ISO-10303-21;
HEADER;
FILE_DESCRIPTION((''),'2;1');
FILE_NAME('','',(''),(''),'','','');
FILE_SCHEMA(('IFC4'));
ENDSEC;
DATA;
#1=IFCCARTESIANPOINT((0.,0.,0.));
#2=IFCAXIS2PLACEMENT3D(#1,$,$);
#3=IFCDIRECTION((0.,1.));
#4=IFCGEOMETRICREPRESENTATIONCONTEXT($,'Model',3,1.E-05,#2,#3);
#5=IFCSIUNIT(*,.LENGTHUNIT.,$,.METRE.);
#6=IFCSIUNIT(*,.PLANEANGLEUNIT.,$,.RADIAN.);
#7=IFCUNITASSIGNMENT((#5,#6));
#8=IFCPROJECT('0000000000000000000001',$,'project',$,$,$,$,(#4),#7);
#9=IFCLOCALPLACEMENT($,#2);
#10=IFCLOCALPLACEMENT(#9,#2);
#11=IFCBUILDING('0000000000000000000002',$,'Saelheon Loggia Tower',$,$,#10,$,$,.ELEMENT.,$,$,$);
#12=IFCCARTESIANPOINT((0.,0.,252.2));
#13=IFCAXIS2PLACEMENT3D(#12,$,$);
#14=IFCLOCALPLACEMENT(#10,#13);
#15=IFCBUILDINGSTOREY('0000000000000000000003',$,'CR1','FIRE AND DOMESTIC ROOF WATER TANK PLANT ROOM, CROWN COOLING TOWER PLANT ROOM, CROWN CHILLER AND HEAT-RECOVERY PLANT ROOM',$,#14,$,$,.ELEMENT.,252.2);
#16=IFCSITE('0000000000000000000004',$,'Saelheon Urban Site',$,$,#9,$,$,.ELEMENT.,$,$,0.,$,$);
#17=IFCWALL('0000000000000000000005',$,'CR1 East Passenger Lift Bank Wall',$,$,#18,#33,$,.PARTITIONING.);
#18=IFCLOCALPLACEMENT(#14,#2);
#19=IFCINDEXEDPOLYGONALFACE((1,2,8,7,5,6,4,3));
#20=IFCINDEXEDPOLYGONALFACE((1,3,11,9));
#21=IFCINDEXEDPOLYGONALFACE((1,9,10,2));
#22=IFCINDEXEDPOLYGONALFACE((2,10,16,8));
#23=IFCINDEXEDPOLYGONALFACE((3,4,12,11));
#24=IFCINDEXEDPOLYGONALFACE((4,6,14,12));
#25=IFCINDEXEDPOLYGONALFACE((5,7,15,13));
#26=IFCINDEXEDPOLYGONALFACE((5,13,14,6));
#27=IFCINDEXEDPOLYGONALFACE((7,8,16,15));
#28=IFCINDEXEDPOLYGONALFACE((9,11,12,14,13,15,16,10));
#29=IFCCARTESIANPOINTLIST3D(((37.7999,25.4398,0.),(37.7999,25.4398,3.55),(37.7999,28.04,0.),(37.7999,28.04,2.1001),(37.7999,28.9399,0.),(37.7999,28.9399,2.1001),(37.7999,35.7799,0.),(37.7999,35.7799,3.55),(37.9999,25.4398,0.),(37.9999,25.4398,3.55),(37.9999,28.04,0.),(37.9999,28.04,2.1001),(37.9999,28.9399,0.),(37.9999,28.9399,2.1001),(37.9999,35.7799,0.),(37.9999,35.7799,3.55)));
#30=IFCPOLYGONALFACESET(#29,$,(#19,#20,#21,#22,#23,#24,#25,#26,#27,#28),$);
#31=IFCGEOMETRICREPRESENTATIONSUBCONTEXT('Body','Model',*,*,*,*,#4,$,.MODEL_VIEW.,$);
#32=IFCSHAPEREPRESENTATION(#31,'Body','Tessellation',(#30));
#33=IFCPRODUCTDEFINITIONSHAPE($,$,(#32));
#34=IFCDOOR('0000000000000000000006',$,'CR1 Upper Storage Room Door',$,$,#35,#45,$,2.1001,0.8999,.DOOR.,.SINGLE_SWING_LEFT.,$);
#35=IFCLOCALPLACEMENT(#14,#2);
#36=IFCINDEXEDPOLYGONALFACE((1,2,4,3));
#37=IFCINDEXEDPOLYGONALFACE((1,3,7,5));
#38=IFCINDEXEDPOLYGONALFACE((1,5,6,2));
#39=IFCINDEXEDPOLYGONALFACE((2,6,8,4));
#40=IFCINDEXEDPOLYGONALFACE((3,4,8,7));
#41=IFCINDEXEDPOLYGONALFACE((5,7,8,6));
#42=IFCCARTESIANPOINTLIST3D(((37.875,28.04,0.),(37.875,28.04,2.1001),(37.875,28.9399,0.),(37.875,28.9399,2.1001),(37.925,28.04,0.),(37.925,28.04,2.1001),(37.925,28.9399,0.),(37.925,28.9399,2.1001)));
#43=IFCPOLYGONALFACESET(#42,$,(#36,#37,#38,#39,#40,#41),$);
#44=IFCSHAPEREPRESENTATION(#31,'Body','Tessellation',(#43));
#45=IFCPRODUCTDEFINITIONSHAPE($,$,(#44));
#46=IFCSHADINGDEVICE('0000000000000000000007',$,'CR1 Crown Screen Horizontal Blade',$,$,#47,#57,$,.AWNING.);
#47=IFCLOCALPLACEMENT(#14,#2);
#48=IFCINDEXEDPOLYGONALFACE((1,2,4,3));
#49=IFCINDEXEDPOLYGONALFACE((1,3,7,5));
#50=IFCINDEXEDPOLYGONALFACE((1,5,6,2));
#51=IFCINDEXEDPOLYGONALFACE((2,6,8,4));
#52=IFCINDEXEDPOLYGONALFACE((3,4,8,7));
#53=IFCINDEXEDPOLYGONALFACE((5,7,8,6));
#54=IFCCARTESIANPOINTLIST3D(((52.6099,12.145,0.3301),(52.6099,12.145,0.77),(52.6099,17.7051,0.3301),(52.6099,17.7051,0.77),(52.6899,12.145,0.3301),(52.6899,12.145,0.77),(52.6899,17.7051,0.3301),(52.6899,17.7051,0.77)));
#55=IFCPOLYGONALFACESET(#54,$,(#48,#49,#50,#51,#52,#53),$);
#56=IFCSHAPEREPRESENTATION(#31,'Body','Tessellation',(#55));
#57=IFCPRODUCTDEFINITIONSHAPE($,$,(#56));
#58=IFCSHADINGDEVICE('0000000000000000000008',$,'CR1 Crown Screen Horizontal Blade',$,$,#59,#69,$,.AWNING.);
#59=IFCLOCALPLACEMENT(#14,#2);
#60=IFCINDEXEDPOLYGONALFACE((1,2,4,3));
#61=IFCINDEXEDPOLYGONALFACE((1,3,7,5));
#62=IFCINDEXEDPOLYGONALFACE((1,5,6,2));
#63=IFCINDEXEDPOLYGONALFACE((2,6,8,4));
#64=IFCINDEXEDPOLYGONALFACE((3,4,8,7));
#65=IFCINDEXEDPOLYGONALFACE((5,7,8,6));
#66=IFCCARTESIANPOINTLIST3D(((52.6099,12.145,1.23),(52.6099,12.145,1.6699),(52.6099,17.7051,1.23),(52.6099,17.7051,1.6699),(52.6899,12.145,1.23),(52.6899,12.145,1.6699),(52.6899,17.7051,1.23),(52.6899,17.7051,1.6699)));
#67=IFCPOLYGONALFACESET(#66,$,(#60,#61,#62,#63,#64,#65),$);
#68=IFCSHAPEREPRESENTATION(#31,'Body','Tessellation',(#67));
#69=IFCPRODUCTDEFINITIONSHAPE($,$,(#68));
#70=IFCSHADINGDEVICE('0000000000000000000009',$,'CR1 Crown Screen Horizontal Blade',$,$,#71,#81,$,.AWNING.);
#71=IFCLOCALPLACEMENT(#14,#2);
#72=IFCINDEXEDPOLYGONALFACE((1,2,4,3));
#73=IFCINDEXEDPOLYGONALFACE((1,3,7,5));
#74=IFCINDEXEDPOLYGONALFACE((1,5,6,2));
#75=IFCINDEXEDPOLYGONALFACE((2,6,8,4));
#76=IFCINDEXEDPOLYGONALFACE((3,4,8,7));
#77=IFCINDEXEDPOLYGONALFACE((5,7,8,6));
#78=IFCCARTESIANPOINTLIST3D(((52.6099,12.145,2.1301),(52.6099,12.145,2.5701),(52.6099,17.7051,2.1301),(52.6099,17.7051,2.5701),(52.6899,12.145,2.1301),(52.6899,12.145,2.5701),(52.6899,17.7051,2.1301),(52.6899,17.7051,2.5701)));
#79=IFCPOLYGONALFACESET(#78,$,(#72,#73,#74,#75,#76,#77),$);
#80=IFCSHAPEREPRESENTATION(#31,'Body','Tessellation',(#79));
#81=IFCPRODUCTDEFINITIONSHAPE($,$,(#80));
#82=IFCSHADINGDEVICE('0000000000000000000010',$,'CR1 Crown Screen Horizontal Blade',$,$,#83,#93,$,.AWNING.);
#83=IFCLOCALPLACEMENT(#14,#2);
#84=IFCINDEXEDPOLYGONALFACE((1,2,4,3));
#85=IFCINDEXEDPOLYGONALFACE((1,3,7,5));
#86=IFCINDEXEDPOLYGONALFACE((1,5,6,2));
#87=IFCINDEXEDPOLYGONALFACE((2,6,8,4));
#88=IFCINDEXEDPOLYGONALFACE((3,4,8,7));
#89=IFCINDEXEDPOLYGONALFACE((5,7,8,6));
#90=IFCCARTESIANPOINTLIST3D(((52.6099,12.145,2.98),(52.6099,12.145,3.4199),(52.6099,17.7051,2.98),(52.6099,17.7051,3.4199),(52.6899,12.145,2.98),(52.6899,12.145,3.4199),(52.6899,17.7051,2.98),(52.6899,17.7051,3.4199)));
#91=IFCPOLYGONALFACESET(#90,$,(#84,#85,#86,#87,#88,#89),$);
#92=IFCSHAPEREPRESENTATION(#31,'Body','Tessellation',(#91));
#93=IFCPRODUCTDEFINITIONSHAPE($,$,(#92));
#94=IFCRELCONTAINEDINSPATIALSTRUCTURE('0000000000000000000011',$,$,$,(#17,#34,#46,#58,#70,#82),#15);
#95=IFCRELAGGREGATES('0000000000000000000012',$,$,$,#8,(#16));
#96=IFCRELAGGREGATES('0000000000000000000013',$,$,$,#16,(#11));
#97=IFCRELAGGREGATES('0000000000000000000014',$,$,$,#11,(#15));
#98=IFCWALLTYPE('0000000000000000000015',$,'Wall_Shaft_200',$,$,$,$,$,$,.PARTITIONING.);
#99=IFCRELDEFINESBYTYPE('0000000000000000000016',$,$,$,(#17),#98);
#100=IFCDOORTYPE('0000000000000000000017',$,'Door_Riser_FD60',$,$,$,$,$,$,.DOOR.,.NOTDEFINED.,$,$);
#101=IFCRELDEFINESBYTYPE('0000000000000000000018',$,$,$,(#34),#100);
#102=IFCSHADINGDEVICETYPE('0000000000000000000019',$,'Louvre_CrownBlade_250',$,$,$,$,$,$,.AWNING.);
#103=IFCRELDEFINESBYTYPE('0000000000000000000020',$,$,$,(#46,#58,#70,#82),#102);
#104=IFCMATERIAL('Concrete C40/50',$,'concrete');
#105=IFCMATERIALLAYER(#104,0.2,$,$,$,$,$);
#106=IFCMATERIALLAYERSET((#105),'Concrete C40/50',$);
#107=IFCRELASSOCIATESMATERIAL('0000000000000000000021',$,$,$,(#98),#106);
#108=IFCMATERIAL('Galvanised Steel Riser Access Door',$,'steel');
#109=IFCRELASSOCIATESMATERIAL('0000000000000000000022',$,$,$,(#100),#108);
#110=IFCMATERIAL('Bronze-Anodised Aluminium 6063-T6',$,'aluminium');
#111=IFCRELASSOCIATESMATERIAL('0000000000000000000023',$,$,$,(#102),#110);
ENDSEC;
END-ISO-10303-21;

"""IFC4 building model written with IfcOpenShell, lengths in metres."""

from ifc_helpers import new_model, si_unit, direction, frame, frame_2d, origin, origin_2d, place, context, subcontext, project, spatial, rectangle, extrude, source, transform, mapped, material, layer, layer_set, material_profile, profile_set, type_object, element, fill, save


model = new_model("IFC4")

# Units and contexts
model_context = context("Model", 3, precision=1e-05, world=origin(), true_north=direction((0.0, 1.0)))
body_context = subcontext(model_context, "Body", "Model", "MODEL_VIEW")
ifc_project = project(units=[si_unit("LENGTHUNIT", "METRE"), si_unit("PLANEANGLEUNIT", "RADIAN")], contexts=[model_context])

# Site, building, storey
site_placement = place(None, origin())
site = spatial("IfcSite", under=ifc_project, at=site_placement, Name="Saelheon Urban Site", CompositionType="ELEMENT", RefElevation=0.0)
building_placement = place(site_placement, origin())
building = spatial("IfcBuilding", under=site, at=building_placement, Name="Saelheon Loggia Tower", CompositionType="ELEMENT")
storey_placement = place(building_placement, frame((0.0, 0.0, 252.2)))
storey = spatial("IfcBuildingStorey", under=building, at=storey_placement, Name="CR1", Description="FIRE AND DOMESTIC ROOF WATER TANK PLANT ROOM, CROWN COOLING TOWER PLANT ROOM, CROWN CHILLER AND HEAT-RECOVERY PLANT ROOM", CompositionType="ELEMENT", Elevation=252.2)

# Shared definitions
ifc_material_1 = material(Name="Bronze-Anodised Aluminium 6063-T6", Category="aluminium")

# Shared definitions
ifc_material_2 = material(Name="Concrete C40/50", Category="concrete")
ifc_layer_1 = layer(ifc_material_2, 0.2)
ifc_layer_set_1 = layer_set([ifc_layer_1], Name="Concrete C40/50")
wall_type_1 = type_object("IfcWallType", Name="Wall_Shaft_200", PredefinedType="PARTITIONING", material=ifc_layer_set_1)

# Shared definitions
ifc_material_3 = material(Name="Galvanised Steel Riser Access Door", Category="steel")
door_type = type_object("IfcDoorType", Name="Door_Riser_FD60", OperationType="NOTDEFINED", PredefinedType="DOOR", material=ifc_material_3)
shared_shape_1 = source(origin(), body_context, "Body", "SweptSolid", [
    extrude(rectangle(XDim=0.8999, YDim=2.1001, at=frame_2d((0.45, 1.05))), frame((0.0, 0.0249, 0.0), z_axis=(0.0, -1.0, 0.0), x_axis=(1.0, 0.0, 0.0)), (0.0, 0.0, 1.0), 0.05),
])

# Wall, opening, door
wall_1_placement = place(storey_placement, frame((37.8999, 25.4399, 0.0), z_axis=(0.0, 0.0, 1.0), x_axis=(0.0, 1.0, 0.0)))
wall_1 = element("IfcWall", 1, at=wall_1_placement, inside=storey, type_object=wall_type_1, Name="CR1 East Passenger Lift Bank Wall", PredefinedType="PARTITIONING", context=body_context, shape_type="SweptSolid", body=[
    extrude(rectangle(XDim=10.3401, YDim=0.2, at=frame_2d((5.1699, 0.0))), origin(), (0.0, 0.0, 1.0), 3.55),
])
opening_1_placement = place(wall_1_placement, frame((2.6001, 0.0, 0.0)))
opening_1 = element("IfcOpeningElement", 2, at=opening_1_placement, cuts=wall_1, PredefinedType="OPENING", context=body_context, shape_type="SweptSolid", body=[
    extrude(rectangle(XDim=0.8999, YDim=2.1001, at=frame_2d((0.45, 1.05))), frame((0.0, 0.1121, 0.0), z_axis=(0.0, -1.0, 0.0), x_axis=(1.0, 0.0, 0.0)), (0.0, 0.0, 1.0), 0.2239),
])
door_1_placement = place(opening_1_placement, origin())
door_1 = element("IfcDoor", 3, at=door_1_placement, inside=storey, type_object=door_type, Name="CR1 Upper Storage Room Door", OperationType="SINGLE_SWING_LEFT", OverallHeight=2.1001, OverallWidth=0.8999, PredefinedType="DOOR", context=body_context, shape_type="MappedRepresentation", body=[
    mapped(shared_shape_1, transform((0.0, 0.0, 0.0), scale=1.0)),
])
fill(opening_1, door_1)

# Shading devices
ifc_material_profile_1 = material_profile(ifc_material_1, rectangle(XDim=0.0801, YDim=0.4399, at=origin_2d()), Name="Louvre_CrownBlade_250")
ifc_profile_set_1 = profile_set([ifc_material_profile_1], Name="Bronze-Anodised Aluminium 6063-T6")
shading_device_type = type_object("IfcShadingDeviceType", Name="Louvre_CrownBlade_250", PredefinedType="AWNING", material=ifc_profile_set_1)
shared_shape_2 = source(origin(), body_context, "Body", "SweptSolid", [
    extrude(rectangle(XDim=0.0801, YDim=0.4399, at=origin_2d()), origin(), (0.0, 0.0, 1.0), 5.5601),
])
for number, where, z_axis, x_axis, name in (
    (4, (52.6499, 12.145, 0.55), (0.0, 1.0, 0.0), (-1.0, 0.0, 0.0), "CR1 Crown Screen Horizontal Blade"),
    (5, (52.6499, 12.145, 1.45), (0.0, 1.0, 0.0), (-1.0, 0.0, 0.0), "CR1 Crown Screen Horizontal Blade"),
    (6, (52.6499, 12.145, 2.3501), (0.0, 1.0, 0.0), (-1.0, 0.0, 0.0), "CR1 Crown Screen Horizontal Blade"),
    (7, (52.6499, 12.145, 3.2), (0.0, 1.0, 0.0), (-1.0, 0.0, 0.0), "CR1 Crown Screen Horizontal Blade"),
):
    element("IfcShadingDevice", number, at=place(storey_placement, frame(where, z_axis=z_axis, x_axis=x_axis)), inside=storey, type_object=shading_device_type, Name=name, PredefinedType="AWNING", context=body_context, shape_type="MappedRepresentation", body=[
        mapped(shared_shape_2, transform((0.0, 0.0, 0.0), scale=1.0)),
    ])

save(model, "model.ifc")
